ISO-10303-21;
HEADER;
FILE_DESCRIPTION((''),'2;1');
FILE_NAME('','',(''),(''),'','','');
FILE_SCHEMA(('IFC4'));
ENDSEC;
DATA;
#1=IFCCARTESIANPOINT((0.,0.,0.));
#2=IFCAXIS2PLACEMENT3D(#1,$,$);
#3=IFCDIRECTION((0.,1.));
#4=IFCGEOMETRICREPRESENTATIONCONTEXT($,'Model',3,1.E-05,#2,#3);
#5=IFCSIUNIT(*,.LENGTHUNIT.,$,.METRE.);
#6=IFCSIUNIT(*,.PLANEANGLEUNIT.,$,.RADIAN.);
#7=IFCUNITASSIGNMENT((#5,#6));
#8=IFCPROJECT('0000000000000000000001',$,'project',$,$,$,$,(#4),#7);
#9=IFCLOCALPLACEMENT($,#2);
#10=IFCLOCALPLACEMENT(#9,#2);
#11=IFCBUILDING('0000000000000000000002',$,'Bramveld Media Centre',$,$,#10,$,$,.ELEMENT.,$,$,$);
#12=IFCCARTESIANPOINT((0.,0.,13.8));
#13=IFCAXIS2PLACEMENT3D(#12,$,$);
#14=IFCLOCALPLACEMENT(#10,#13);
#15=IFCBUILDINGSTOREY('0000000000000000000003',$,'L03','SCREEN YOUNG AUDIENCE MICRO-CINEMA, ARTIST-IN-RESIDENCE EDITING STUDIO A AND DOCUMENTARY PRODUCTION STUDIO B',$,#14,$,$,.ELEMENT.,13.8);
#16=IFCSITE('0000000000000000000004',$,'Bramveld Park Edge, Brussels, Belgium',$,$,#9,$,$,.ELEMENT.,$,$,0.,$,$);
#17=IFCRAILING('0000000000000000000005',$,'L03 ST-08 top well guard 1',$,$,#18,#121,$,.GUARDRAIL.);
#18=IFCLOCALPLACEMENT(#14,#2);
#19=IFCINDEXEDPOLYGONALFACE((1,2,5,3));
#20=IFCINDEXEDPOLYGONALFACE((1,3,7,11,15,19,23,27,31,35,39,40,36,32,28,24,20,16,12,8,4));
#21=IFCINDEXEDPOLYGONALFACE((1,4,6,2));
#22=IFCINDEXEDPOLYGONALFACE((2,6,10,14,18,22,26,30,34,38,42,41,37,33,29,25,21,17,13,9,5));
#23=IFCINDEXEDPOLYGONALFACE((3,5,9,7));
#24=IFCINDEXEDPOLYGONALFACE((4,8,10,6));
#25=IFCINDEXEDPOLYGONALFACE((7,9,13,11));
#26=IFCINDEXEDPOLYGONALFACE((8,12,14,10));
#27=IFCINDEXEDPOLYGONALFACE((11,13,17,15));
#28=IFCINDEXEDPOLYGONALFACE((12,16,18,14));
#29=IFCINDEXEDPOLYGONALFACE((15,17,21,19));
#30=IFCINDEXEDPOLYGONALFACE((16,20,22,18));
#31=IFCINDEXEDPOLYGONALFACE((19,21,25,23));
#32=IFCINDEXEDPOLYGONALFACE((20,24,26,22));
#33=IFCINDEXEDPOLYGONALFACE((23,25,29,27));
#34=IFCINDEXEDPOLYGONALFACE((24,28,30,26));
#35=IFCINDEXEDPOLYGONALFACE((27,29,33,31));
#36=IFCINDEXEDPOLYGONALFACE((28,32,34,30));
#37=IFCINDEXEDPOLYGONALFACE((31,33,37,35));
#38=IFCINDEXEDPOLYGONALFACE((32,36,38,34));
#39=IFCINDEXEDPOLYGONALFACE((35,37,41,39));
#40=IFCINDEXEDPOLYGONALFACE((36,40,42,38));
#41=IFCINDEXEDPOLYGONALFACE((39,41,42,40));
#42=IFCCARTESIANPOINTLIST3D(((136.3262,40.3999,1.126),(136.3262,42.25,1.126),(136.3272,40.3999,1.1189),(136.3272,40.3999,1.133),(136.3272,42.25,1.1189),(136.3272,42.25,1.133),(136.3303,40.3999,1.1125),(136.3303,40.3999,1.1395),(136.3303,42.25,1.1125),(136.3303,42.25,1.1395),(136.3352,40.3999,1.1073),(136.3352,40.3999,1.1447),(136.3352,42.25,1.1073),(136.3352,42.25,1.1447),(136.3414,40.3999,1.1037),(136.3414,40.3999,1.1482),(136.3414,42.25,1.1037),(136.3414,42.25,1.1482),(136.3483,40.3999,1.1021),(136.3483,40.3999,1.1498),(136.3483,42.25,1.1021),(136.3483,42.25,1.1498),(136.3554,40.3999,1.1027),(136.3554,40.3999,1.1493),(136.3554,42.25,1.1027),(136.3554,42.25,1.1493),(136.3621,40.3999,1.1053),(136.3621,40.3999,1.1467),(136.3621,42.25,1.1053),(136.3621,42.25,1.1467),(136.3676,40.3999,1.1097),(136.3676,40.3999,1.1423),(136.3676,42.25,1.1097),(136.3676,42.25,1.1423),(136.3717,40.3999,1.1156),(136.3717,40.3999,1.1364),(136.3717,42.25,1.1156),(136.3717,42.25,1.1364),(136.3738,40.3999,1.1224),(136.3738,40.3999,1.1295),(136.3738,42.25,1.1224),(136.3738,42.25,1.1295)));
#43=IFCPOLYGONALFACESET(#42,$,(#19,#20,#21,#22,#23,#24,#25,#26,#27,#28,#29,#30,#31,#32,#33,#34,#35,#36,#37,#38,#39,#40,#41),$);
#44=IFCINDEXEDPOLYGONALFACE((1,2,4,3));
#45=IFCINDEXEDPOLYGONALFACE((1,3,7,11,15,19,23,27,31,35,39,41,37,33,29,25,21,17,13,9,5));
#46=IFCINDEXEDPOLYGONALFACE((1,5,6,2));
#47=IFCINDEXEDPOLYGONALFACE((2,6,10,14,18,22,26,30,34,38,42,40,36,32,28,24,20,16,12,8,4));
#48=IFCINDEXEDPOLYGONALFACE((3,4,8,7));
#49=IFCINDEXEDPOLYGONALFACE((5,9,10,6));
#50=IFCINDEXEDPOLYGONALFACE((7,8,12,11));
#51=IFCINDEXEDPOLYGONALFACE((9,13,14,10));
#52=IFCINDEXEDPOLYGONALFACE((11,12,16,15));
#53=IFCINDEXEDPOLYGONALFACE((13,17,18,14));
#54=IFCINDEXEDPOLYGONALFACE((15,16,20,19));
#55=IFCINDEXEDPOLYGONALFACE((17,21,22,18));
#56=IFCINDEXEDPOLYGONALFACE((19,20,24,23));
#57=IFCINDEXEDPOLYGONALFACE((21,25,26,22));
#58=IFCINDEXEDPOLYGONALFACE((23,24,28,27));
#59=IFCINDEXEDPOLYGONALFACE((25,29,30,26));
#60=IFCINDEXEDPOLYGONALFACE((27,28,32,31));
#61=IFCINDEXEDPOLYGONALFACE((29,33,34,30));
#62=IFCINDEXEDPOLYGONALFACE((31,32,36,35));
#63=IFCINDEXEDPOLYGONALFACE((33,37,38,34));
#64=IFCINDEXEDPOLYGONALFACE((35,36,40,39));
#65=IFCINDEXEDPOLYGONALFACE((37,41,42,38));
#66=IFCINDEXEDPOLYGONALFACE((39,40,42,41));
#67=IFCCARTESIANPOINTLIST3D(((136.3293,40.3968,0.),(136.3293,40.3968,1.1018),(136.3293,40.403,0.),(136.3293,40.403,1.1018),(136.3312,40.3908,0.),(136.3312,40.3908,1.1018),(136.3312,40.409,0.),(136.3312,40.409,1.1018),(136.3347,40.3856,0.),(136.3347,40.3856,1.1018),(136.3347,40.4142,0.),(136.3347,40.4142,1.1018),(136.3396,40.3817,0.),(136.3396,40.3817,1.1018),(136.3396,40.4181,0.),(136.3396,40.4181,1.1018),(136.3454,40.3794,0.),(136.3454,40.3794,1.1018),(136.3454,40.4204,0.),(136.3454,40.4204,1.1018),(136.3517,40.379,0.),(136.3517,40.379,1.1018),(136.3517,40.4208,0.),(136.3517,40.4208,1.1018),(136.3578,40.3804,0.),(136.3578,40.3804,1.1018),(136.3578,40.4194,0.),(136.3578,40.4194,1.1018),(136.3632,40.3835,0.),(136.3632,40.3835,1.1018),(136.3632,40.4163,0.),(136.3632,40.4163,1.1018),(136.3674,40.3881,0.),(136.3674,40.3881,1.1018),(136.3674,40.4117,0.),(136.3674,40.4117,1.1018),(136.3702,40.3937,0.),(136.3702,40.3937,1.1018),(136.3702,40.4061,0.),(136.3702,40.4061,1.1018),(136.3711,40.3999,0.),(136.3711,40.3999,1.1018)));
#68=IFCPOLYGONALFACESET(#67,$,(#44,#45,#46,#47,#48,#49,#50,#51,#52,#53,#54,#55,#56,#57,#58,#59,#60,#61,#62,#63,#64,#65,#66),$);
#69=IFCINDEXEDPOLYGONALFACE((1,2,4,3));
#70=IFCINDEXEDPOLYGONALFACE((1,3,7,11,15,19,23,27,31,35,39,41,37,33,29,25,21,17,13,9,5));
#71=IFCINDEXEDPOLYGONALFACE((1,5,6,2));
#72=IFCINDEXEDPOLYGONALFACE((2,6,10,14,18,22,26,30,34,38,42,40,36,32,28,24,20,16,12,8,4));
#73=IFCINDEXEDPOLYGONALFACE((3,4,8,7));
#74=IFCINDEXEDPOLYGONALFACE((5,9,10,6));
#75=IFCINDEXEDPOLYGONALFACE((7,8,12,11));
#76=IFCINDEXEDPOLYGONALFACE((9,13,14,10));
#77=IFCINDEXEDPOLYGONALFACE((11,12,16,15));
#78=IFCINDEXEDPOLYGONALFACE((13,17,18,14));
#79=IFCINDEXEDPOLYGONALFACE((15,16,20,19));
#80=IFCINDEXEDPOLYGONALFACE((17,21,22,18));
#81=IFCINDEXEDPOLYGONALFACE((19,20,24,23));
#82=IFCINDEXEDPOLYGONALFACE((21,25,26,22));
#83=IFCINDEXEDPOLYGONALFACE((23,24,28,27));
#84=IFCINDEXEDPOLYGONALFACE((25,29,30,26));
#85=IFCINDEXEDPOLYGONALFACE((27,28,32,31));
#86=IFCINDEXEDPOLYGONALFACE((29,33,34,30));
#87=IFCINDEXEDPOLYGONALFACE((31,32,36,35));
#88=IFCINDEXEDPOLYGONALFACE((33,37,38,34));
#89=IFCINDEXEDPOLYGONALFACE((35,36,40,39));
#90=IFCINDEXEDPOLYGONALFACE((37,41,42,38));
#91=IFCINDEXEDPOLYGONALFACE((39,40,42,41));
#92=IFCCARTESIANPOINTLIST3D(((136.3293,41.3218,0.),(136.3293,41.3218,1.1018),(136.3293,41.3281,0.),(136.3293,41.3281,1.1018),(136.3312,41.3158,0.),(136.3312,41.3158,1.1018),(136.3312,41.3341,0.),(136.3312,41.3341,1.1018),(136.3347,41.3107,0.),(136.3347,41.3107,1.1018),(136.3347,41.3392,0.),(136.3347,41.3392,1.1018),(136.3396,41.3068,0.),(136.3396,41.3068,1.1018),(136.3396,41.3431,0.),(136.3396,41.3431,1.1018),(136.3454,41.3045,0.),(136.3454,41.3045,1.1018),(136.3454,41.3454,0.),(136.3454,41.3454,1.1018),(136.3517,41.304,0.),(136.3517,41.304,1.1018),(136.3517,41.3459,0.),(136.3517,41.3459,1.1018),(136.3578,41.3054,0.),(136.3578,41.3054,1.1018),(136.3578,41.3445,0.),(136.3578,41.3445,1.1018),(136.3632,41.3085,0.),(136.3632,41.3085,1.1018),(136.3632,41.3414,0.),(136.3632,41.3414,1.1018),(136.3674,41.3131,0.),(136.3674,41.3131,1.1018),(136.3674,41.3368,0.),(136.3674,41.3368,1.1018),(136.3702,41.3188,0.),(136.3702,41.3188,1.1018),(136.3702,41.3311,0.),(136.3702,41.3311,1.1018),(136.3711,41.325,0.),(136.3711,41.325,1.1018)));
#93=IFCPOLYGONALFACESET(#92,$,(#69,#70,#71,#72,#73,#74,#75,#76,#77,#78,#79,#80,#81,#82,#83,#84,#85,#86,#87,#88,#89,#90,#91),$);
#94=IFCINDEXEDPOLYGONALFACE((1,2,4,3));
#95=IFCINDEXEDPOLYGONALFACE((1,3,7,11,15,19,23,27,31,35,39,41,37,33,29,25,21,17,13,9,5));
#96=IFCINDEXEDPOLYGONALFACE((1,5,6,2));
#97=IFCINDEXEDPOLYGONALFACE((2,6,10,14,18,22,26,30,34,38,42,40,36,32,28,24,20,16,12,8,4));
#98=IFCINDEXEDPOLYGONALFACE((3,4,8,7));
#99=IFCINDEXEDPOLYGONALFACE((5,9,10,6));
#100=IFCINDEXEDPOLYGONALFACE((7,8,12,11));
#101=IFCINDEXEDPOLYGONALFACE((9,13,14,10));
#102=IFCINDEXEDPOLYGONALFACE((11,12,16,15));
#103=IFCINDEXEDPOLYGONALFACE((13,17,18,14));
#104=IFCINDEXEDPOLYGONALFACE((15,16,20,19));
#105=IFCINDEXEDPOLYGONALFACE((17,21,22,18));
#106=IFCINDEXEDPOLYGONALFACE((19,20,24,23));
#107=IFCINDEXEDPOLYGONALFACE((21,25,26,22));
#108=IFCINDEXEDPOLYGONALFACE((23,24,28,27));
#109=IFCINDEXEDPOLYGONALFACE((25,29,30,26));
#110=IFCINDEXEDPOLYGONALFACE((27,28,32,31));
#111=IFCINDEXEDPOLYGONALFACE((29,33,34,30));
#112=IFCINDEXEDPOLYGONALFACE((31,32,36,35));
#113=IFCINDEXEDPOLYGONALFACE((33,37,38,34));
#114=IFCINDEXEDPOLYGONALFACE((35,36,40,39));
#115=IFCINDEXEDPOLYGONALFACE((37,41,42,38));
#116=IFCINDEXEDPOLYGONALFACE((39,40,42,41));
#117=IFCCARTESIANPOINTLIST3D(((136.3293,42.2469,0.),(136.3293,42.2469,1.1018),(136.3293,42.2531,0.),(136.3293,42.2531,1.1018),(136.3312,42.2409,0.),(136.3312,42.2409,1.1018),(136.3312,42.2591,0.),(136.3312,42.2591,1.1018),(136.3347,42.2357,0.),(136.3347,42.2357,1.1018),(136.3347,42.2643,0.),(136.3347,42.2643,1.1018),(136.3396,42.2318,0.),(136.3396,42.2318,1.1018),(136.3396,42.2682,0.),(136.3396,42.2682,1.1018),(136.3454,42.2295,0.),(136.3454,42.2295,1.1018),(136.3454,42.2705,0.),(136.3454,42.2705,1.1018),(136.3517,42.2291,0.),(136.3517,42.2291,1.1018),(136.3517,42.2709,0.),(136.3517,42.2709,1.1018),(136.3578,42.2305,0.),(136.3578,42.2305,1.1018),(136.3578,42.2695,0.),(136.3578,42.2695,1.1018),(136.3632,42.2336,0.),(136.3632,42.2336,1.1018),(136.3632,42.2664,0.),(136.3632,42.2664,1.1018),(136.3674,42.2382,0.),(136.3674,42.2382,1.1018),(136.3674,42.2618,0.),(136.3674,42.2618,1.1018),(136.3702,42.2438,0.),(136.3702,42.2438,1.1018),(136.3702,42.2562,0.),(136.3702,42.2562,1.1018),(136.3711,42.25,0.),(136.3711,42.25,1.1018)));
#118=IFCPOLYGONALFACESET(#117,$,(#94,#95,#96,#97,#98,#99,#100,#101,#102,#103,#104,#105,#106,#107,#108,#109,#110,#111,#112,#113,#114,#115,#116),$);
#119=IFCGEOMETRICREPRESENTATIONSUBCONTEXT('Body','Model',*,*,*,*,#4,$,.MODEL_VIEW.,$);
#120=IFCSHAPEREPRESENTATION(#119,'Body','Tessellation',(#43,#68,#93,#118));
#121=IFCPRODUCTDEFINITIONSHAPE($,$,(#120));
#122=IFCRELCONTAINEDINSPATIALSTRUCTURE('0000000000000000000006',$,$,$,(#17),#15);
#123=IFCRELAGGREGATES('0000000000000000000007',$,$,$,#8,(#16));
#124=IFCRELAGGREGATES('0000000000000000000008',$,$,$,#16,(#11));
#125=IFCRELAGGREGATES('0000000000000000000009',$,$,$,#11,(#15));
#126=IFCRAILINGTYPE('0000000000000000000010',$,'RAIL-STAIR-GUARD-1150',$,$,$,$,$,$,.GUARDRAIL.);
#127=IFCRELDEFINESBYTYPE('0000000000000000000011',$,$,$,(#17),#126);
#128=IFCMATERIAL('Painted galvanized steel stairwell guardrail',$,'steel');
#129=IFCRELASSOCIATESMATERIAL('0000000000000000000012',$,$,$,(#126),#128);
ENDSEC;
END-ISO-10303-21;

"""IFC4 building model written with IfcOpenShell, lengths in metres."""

from ifc_helpers import new_model, si_unit, direction, frame, origin, origin_2d, place, context, subcontext, project, spatial, circle, extrude, material, type_object, element, save


model = new_model("IFC4")

# Units and contexts
model_context = context("Model", 3, precision=1e-05, world=origin(), true_north=direction((0.0, 1.0)))
body_context = subcontext(model_context, "Body", "Model", "MODEL_VIEW")
ifc_project = project(units=[si_unit("LENGTHUNIT", "METRE"), si_unit("PLANEANGLEUNIT", "RADIAN")], contexts=[model_context])

# Site, building, storey
site_placement = place(None, origin())
site = spatial("IfcSite", under=ifc_project, at=site_placement, Name="Bramveld Park Edge, Brussels, Belgium", CompositionType="ELEMENT", RefElevation=0.0)
building_placement = place(site_placement, origin())
building = spatial("IfcBuilding", under=site, at=building_placement, Name="Bramveld Media Centre", CompositionType="ELEMENT")
storey_placement = place(building_placement, frame((0.0, 0.0, 13.8)))
storey = spatial("IfcBuildingStorey", under=building, at=storey_placement, Name="L03", Description="SCREEN YOUNG AUDIENCE MICRO-CINEMA, ARTIST-IN-RESIDENCE EDITING STUDIO A AND DOCUMENTARY PRODUCTION STUDIO B", CompositionType="ELEMENT", Elevation=13.8)

# Railing
ifc_material_1 = material(Name="Painted galvanized steel stairwell guardrail", Category="steel")
railing_type = type_object("IfcRailingType", Name="RAIL-STAIR-GUARD-1150", PredefinedType="GUARDRAIL", material=ifc_material_1)
railing_placement = place(storey_placement, frame((136.3501, 40.3999, 0.0)))
element("IfcRailing", 1, at=railing_placement, inside=storey, type_object=railing_type, Name="L03 ST-08 top well guard 1", PredefinedType="GUARDRAIL", context=body_context, shape_type="SweptSolid", body=[
    extrude(circle(Radius=0.0239, at=origin_2d()), frame((0.0, 0.0, 1.126), z_axis=(0.0, 1.0, 0.0), x_axis=(-1.0, 0.0, 0.0)), (0.0, 0.0, 1.0), 1.8501),
    extrude(circle(Radius=0.021, at=origin_2d()), origin(), (0.0, 0.0, 1.0), 1.1018),
    extrude(circle(Radius=0.021, at=origin_2d()), frame((0.0, 0.925, 0.0)), (0.0, 0.0, 1.0), 1.1018),
    extrude(circle(Radius=0.021, at=origin_2d()), frame((0.0, 1.8501, 0.0)), (0.0, 0.0, 1.0), 1.1018),
])

save(model, "model.ifc")
